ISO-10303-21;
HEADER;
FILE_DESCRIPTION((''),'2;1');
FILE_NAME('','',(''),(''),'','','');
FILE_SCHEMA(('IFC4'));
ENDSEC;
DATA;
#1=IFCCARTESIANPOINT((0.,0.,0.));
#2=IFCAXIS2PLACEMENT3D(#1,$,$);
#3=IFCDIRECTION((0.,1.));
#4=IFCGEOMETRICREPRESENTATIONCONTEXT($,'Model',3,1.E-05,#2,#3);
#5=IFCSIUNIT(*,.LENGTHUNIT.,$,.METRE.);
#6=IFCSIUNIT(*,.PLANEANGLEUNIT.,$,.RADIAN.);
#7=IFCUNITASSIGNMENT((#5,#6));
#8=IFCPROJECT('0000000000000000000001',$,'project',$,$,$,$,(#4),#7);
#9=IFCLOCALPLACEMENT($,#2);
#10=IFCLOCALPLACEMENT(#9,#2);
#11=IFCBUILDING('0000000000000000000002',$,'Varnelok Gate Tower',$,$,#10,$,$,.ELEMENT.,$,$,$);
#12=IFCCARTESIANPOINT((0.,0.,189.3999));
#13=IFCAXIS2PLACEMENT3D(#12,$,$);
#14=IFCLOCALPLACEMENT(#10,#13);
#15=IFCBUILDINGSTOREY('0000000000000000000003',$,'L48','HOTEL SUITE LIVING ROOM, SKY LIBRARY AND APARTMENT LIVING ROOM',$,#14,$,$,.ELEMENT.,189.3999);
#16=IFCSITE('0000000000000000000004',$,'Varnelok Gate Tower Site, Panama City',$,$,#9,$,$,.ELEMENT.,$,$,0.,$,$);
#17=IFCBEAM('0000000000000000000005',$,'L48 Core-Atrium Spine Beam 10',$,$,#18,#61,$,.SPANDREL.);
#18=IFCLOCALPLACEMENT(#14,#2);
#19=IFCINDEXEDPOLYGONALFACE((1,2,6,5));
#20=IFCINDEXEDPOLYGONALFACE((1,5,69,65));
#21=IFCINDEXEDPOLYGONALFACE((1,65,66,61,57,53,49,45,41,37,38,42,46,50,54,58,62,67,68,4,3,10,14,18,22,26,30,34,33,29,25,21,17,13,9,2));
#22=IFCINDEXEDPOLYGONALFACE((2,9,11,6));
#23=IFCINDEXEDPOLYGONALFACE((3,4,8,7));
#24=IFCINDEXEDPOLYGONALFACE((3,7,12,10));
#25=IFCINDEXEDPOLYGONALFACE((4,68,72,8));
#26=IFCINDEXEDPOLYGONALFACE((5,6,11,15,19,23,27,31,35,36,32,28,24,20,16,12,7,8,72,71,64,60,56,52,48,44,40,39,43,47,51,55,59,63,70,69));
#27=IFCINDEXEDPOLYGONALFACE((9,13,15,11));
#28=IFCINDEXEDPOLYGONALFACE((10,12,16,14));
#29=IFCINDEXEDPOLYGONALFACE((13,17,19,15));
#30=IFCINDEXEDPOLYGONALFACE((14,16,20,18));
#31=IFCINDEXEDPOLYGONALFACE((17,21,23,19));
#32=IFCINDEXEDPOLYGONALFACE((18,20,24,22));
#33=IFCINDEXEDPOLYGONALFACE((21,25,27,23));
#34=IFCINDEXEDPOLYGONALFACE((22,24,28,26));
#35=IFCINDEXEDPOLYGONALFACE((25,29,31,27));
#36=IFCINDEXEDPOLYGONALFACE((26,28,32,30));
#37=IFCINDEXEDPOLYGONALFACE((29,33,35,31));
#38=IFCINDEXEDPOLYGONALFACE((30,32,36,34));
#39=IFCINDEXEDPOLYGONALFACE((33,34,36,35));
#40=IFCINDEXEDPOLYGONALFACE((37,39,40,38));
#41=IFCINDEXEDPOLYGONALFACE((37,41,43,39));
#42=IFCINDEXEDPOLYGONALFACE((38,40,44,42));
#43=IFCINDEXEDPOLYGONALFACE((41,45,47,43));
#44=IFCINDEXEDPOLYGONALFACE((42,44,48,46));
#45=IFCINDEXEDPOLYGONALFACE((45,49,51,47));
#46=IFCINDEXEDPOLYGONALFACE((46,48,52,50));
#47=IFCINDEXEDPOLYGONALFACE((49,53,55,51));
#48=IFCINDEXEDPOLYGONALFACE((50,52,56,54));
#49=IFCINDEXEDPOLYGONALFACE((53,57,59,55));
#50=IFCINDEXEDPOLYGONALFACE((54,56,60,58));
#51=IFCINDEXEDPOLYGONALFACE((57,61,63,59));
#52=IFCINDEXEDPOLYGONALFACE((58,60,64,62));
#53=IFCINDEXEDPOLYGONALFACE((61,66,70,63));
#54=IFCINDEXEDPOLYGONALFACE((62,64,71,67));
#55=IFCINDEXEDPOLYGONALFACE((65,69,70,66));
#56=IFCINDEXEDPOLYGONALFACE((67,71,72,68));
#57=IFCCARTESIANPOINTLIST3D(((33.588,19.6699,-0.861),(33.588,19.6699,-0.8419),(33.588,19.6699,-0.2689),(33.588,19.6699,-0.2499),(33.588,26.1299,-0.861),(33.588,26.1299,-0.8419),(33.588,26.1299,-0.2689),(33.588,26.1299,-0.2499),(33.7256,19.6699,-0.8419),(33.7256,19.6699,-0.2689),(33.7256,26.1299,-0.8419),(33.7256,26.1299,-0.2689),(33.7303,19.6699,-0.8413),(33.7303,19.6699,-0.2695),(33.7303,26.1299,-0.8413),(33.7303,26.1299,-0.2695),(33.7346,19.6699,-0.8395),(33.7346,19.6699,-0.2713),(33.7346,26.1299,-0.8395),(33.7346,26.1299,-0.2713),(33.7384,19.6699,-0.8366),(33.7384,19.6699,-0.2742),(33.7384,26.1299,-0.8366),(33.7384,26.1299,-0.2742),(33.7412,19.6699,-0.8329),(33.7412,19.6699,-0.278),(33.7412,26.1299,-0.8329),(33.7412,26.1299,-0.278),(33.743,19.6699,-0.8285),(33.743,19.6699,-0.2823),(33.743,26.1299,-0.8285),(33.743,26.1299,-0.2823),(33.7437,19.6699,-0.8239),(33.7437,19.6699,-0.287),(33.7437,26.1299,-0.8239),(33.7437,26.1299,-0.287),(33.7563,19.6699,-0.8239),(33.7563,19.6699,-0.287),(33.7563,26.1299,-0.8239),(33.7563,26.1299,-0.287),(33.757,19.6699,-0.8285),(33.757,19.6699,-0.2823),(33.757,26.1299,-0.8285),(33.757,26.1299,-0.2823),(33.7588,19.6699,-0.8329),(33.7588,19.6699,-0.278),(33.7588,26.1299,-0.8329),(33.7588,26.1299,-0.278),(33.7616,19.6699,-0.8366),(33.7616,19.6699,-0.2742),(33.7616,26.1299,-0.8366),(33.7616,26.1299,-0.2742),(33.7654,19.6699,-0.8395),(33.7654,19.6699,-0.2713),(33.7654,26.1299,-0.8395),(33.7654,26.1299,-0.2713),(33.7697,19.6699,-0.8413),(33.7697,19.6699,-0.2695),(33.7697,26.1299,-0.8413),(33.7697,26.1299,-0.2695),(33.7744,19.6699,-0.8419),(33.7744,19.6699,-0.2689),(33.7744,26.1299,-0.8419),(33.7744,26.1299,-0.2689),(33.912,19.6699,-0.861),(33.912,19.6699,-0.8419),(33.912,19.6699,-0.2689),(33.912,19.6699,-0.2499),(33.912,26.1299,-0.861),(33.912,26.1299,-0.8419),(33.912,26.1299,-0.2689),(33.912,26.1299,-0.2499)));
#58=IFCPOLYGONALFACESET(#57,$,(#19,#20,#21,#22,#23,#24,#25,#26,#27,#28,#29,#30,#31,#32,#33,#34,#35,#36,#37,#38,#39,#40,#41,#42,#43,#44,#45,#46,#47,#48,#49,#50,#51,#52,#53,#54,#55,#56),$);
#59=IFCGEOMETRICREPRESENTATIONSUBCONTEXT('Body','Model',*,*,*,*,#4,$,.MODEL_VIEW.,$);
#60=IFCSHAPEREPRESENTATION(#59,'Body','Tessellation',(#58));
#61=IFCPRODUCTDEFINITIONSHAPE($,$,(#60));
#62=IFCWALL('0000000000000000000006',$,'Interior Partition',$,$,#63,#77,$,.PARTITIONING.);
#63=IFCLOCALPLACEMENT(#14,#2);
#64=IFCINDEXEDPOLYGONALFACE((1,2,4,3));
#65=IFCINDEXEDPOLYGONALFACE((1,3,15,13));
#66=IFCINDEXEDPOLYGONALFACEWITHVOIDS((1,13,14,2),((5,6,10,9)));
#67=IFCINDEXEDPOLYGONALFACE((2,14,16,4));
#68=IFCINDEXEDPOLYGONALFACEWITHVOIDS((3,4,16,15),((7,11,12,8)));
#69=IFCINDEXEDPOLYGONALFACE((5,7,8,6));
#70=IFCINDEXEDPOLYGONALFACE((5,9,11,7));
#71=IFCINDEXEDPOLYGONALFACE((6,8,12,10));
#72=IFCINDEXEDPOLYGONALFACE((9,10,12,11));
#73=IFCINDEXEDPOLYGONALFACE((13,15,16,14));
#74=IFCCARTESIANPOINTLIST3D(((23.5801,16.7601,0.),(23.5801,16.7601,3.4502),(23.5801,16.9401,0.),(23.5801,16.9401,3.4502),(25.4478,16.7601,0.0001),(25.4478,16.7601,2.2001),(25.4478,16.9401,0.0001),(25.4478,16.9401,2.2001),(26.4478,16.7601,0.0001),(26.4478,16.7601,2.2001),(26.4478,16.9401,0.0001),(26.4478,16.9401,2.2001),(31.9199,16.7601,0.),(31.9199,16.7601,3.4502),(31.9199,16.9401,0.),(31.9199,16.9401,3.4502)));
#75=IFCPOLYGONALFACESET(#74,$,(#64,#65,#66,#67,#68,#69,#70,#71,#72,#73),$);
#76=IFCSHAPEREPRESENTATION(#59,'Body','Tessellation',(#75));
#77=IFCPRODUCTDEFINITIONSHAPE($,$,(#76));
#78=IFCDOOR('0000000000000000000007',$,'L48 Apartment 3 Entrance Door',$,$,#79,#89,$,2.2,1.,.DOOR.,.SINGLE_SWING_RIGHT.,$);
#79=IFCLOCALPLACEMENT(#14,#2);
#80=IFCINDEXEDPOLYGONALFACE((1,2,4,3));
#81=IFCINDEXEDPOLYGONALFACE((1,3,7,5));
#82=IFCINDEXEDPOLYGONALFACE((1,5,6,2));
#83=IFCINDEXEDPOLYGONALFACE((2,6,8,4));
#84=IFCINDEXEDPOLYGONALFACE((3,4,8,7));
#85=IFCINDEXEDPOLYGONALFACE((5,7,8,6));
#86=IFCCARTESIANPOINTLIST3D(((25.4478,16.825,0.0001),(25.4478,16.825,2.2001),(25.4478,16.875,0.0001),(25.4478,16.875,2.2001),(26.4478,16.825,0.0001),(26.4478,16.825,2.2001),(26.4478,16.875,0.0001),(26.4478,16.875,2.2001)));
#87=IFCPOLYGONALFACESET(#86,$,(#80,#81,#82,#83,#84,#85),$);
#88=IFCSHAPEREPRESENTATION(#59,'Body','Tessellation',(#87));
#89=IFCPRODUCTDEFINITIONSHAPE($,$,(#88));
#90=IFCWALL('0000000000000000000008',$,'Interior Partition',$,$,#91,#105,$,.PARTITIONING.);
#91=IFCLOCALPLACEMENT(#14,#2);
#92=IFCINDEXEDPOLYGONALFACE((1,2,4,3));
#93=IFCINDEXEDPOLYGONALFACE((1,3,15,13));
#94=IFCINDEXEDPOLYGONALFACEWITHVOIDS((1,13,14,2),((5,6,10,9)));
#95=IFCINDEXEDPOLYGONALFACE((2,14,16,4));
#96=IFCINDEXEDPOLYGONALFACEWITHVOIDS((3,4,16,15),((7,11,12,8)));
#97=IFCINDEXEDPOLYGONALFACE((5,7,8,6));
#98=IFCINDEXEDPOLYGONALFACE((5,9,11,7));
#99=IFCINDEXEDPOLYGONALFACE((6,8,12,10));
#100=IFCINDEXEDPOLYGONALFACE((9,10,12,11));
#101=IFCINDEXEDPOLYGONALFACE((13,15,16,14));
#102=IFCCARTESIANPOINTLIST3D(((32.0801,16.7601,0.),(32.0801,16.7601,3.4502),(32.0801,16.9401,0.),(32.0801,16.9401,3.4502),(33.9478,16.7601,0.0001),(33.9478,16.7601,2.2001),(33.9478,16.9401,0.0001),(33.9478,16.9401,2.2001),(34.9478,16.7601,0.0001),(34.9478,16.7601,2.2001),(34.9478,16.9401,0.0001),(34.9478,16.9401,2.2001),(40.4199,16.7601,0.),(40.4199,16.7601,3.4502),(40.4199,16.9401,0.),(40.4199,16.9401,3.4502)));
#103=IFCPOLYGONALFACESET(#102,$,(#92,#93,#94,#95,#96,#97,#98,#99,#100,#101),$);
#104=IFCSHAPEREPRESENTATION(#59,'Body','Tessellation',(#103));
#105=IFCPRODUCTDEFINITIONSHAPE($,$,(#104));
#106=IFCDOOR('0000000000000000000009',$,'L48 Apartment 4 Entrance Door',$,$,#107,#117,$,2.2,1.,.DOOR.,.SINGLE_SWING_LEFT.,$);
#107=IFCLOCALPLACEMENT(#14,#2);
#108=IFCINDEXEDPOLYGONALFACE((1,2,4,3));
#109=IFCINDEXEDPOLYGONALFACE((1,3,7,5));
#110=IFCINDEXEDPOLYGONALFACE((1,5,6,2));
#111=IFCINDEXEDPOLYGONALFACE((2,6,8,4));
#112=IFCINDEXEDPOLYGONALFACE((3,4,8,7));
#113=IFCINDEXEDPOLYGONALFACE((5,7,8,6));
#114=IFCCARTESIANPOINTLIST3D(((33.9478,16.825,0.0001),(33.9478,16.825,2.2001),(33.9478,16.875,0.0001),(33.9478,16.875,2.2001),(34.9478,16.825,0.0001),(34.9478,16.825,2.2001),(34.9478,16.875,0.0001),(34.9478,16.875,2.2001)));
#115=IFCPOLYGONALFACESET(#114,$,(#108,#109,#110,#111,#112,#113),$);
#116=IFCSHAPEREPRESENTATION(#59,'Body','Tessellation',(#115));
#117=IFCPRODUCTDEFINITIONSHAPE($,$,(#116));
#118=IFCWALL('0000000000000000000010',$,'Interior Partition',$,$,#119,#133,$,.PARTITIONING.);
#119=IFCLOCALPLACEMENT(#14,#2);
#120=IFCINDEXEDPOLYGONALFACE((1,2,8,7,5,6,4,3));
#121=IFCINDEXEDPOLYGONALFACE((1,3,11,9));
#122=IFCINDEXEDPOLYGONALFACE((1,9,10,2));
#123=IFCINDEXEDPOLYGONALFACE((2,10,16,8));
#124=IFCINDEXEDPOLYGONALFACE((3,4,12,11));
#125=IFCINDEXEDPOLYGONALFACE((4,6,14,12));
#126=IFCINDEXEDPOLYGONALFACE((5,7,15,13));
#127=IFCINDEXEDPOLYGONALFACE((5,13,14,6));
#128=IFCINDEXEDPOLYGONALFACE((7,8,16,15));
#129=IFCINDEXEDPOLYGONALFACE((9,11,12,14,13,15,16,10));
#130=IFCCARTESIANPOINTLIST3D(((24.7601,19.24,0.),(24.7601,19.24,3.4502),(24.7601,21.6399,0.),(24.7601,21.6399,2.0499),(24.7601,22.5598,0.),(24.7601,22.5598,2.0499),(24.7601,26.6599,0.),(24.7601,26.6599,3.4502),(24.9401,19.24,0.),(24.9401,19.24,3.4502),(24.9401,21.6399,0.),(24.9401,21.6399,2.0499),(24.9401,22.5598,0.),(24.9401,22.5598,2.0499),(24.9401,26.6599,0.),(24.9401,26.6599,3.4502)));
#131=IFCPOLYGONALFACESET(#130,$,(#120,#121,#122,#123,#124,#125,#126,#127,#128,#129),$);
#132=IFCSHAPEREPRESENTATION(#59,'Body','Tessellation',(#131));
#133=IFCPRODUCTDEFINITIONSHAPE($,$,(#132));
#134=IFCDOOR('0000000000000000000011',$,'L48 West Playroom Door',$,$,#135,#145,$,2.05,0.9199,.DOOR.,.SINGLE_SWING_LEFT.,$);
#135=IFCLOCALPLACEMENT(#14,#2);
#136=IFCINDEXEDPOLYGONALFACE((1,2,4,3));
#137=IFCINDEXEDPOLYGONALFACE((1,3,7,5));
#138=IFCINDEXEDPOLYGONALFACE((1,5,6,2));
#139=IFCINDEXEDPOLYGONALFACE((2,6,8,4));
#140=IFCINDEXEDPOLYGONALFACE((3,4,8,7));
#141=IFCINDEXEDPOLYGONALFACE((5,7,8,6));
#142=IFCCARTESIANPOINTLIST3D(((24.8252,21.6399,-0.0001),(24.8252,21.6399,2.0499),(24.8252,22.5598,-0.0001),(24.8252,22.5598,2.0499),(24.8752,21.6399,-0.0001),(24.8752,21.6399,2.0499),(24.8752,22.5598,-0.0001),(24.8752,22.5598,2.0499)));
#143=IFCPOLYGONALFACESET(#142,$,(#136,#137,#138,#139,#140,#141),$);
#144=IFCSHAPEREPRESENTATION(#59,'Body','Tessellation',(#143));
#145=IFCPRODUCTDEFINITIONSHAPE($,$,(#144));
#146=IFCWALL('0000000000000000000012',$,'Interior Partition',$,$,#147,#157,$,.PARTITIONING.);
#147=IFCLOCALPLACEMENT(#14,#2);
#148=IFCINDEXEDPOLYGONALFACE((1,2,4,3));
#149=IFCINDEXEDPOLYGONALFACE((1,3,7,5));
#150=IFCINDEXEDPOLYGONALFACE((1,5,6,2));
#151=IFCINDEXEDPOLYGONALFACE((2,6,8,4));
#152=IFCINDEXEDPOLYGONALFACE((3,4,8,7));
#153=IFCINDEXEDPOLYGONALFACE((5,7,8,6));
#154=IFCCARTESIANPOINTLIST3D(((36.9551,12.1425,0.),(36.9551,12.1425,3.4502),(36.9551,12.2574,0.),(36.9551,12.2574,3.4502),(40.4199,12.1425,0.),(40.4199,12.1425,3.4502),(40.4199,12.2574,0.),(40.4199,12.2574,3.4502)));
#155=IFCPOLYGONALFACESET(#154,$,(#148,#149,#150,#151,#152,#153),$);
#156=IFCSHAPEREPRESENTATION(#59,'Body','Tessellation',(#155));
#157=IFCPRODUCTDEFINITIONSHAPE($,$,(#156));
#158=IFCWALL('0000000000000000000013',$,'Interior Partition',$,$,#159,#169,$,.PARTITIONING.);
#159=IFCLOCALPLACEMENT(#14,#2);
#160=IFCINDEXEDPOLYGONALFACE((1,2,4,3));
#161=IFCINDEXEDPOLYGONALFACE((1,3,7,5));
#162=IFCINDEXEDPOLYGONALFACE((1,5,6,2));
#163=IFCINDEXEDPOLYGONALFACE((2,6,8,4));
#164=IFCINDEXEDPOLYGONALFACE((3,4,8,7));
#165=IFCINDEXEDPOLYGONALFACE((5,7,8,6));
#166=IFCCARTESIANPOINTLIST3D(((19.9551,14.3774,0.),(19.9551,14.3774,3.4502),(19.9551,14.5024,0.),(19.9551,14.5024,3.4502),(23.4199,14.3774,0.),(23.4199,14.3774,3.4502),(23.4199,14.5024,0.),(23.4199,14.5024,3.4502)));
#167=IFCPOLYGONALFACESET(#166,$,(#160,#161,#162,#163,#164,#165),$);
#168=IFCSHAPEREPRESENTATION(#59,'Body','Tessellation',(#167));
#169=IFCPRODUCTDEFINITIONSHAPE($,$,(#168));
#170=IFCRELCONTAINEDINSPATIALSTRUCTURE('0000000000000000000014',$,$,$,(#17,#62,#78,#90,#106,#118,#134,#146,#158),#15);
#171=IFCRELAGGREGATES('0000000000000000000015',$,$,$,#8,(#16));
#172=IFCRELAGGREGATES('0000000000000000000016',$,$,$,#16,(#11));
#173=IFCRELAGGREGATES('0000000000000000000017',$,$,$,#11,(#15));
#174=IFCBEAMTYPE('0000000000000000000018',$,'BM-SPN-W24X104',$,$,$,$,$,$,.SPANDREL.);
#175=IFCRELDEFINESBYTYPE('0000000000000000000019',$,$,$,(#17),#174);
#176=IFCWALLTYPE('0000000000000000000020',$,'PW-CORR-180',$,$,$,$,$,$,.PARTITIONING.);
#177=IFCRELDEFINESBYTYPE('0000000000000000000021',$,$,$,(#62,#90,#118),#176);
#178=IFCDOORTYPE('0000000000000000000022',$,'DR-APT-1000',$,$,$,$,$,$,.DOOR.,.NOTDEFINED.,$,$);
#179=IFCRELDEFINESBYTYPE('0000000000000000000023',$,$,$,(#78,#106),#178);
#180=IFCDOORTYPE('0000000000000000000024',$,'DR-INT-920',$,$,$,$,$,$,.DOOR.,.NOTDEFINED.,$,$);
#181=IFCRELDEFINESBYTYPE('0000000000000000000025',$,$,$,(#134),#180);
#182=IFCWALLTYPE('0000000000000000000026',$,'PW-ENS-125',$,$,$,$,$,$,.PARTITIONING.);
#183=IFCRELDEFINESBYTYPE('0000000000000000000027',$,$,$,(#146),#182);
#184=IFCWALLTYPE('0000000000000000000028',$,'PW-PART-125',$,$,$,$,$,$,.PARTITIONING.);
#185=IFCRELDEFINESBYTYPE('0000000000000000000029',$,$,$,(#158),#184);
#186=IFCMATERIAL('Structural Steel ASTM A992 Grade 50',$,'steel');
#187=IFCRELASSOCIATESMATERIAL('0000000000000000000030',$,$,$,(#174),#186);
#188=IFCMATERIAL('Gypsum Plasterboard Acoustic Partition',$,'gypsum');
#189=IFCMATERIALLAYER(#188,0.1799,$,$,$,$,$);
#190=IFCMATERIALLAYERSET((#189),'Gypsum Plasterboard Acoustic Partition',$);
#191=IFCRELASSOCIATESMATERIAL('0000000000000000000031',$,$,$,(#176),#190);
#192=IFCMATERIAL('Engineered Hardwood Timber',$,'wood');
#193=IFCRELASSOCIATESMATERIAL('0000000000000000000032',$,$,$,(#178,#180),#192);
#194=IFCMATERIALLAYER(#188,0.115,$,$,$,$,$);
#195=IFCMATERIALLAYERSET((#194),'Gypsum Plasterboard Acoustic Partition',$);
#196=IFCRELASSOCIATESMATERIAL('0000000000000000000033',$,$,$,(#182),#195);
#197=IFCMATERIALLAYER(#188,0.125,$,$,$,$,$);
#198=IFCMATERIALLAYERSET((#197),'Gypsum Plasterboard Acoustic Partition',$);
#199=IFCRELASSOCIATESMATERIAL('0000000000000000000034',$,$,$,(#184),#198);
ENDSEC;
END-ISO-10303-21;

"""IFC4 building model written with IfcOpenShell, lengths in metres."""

from ifc_helpers import new_model, si_unit, direction, frame, frame_2d, origin, origin_2d, place, context, subcontext, project, spatial, rectangle, i_section, extrude, material, layer, layer_set, material_profile, profile_set, type_object, element, fill, save


model = new_model("IFC4")

# Units and contexts
model_context = context("Model", 3, precision=1e-05, world=origin(), true_north=direction((0.0, 1.0)))
body_context = subcontext(model_context, "Body", "Model", "MODEL_VIEW")
ifc_project = project(units=[si_unit("LENGTHUNIT", "METRE"), si_unit("PLANEANGLEUNIT", "RADIAN")], contexts=[model_context])

# Site, building, storey
site_placement = place(None, origin())
site = spatial("IfcSite", under=ifc_project, at=site_placement, Name="Varnelok Gate Tower Site, Panama City", CompositionType="ELEMENT", RefElevation=0.0)
building_placement = place(site_placement, origin())
building = spatial("IfcBuilding", under=site, at=building_placement, Name="Varnelok Gate Tower", CompositionType="ELEMENT")
storey_placement = place(building_placement, frame((0.0, 0.0, 189.3999)))
storey = spatial("IfcBuildingStorey", under=building, at=storey_placement, Name="L48", Description="HOTEL SUITE LIVING ROOM, SKY LIBRARY AND APARTMENT LIVING ROOM", CompositionType="ELEMENT", Elevation=189.3999)

# Shared definitions
ifc_material_1 = material(Name="Structural Steel ASTM A992 Grade 50", Category="steel")

# Beam
ifc_material_profile_1 = material_profile(ifc_material_1, i_section(OverallWidth=0.324, OverallDepth=0.6111, WebThickness=0.0127, FlangeThickness=0.019, FilletRadius=0.0181, at=origin_2d()), Name="W24X104")
ifc_profile_set_1 = profile_set([ifc_material_profile_1], Name="Structural Steel ASTM A992 Grade 50")
beam_type_1 = type_object("IfcBeamType", Name="BM-SPN-W24X104", PredefinedType="SPANDREL", material=ifc_profile_set_1)
beam_1_placement = place(storey_placement, frame((33.75, 19.6699, -0.5554), z_axis=(0.0, 1.0, 0.0), x_axis=(-1.0, 0.0, 0.0)))
element("IfcBeam", 1, at=beam_1_placement, inside=storey, type_object=beam_type_1, Name="L48 Core-Atrium Spine Beam 10", PredefinedType="SPANDREL", context=body_context, shape_type="SweptSolid", body=[
    extrude(i_section(OverallWidth=0.324, OverallDepth=0.6111, WebThickness=0.0127, FlangeThickness=0.019, FilletRadius=0.0181, at=origin_2d()), origin(), (0.0, 0.0, 1.0), 6.46),
])

# Walls, openings, doors
ifc_material_2 = material(Name="Gypsum Plasterboard Acoustic Partition", Category="gypsum")
ifc_layer_1 = layer(ifc_material_2, 0.1799)
ifc_layer_set_1 = layer_set([ifc_layer_1], Name="Gypsum Plasterboard Acoustic Partition")
wall_type_1 = type_object("IfcWallType", Name="PW-CORR-180", PredefinedType="PARTITIONING", material=ifc_layer_set_1)
wall_1_placement = place(storey_placement, frame((23.5801, 16.8501, 0.0), z_axis=(0.0, 0.0, 1.0), x_axis=(1.0, 0.0, 0.0)))
wall_1 = element("IfcWall", 2, at=wall_1_placement, inside=storey, type_object=wall_type_1, Name="Interior Partition", PredefinedType="PARTITIONING", context=body_context, shape_type="SweptSolid", body=[
    extrude(rectangle(XDim=8.3398, YDim=0.1799, at=frame_2d((4.1699, 0.0))), origin(), (0.0, 0.0, 1.0), 3.4502),
])
opening_1_placement = place(wall_1_placement, frame((1.8677, 0.0, 0.0)))
opening_1 = element("IfcOpeningElement", 3, at=opening_1_placement, cuts=wall_1, PredefinedType="OPENING", context=body_context, shape_type="SweptSolid", body=[
    extrude(rectangle(XDim=1.0, YDim=2.2, at=frame_2d((0.5, 1.1001))), frame((0.0, 0.0999, 0.0), z_axis=(0.0, -1.0, 0.0), x_axis=(1.0, 0.0, 0.0)), (0.0, 0.0, 1.0), 0.2),
])
ifc_material_3 = material(Name="Engineered Hardwood Timber", Category="wood")
door_type_1 = type_object("IfcDoorType", Name="DR-APT-1000", OperationType="NOTDEFINED", PredefinedType="DOOR", material=ifc_material_3)
door_1_placement = place(opening_1_placement, origin())
door_1 = element("IfcDoor", 4, at=door_1_placement, inside=storey, type_object=door_type_1, Name="L48 Apartment 3 Entrance Door", OperationType="SINGLE_SWING_RIGHT", OverallHeight=2.2, OverallWidth=1.0, PredefinedType="DOOR", context=body_context, shape_type="SweptSolid", body=[
    extrude(rectangle(XDim=1.0, YDim=2.2, at=frame_2d((0.5, 1.1001))), frame((0.0, 0.0249, 0.0), z_axis=(0.0, -1.0, 0.0), x_axis=(1.0, 0.0, 0.0)), (0.0, 0.0, 1.0), 0.05),
])
fill(opening_1, door_1)
wall_2_placement = place(storey_placement, frame((32.0801, 16.8501, 0.0), z_axis=(0.0, 0.0, 1.0), x_axis=(1.0, 0.0, 0.0)))
wall_2 = element("IfcWall", 5, at=wall_2_placement, inside=storey, type_object=wall_type_1, Name="Interior Partition", PredefinedType="PARTITIONING", context=body_context, shape_type="SweptSolid", body=[
    extrude(rectangle(XDim=8.3398, YDim=0.1799, at=frame_2d((4.1699, 0.0))), origin(), (0.0, 0.0, 1.0), 3.4502),
])
opening_2_placement = place(wall_2_placement, frame((1.8677, 0.0, 0.0)))
opening_2 = element("IfcOpeningElement", 6, at=opening_2_placement, cuts=wall_2, PredefinedType="OPENING", context=body_context, shape_type="SweptSolid", body=[
    extrude(rectangle(XDim=1.0, YDim=2.2, at=frame_2d((0.5, 1.1001))), frame((0.0, 0.0999, 0.0), z_axis=(0.0, -1.0, 0.0), x_axis=(1.0, 0.0, 0.0)), (0.0, 0.0, 1.0), 0.2),
])
door_2_placement = place(opening_2_placement, origin())
door_2 = element("IfcDoor", 7, at=door_2_placement, inside=storey, type_object=door_type_1, Name="L48 Apartment 4 Entrance Door", OperationType="SINGLE_SWING_LEFT", OverallHeight=2.2, OverallWidth=1.0, PredefinedType="DOOR", context=body_context, shape_type="SweptSolid", body=[
    extrude(rectangle(XDim=1.0, YDim=2.2, at=frame_2d((0.5, 1.1001))), frame((0.0, 0.0249, 0.0), z_axis=(0.0, -1.0, 0.0), x_axis=(1.0, 0.0, 0.0)), (0.0, 0.0, 1.0), 0.05),
])
fill(opening_2, door_2)
wall_3_placement = place(storey_placement, frame((24.8501, 19.24, 0.0), z_axis=(0.0, 0.0, 1.0), x_axis=(0.0, 1.0, 0.0)))
wall_3 = element("IfcWall", 8, at=wall_3_placement, inside=storey, type_object=wall_type_1, Name="Interior Partition", PredefinedType="PARTITIONING", context=body_context, shape_type="SweptSolid", body=[
    extrude(rectangle(XDim=7.4199, YDim=0.1799, at=frame_2d((3.71, 0.0))), origin(), (0.0, 0.0, 1.0), 3.4502),
])
opening_3_placement = place(wall_3_placement, frame((2.3999, 0.0, 0.0)))
opening_3 = element("IfcOpeningElement", 9, at=opening_3_placement, cuts=wall_3, PredefinedType="OPENING", context=body_context, shape_type="SweptSolid", body=[
    extrude(rectangle(XDim=0.9199, YDim=2.05, at=frame_2d((0.46, 1.0249))), frame((0.0, 0.0999, 0.0), z_axis=(0.0, -1.0, 0.0), x_axis=(1.0, 0.0, 0.0)), (0.0, 0.0, 1.0), 0.2),
])
door_type_2 = type_object("IfcDoorType", Name="DR-INT-920", OperationType="NOTDEFINED", PredefinedType="DOOR", material=ifc_material_3)
door_3_placement = place(opening_3_placement, origin())
door_3 = element("IfcDoor", 10, at=door_3_placement, inside=storey, type_object=door_type_2, Name="L48 West Playroom Door", OperationType="SINGLE_SWING_LEFT", OverallHeight=2.05, OverallWidth=0.9199, PredefinedType="DOOR", context=body_context, shape_type="SweptSolid", body=[
    extrude(rectangle(XDim=0.9199, YDim=2.05, at=frame_2d((0.46, 1.0249))), frame((0.0, 0.0249, 0.0), z_axis=(0.0, -1.0, 0.0), x_axis=(1.0, 0.0, 0.0)), (0.0, 0.0, 1.0), 0.05),
])
fill(opening_3, door_3)

# Walls
ifc_layer_2 = layer(ifc_material_2, 0.115)
ifc_layer_set_2 = layer_set([ifc_layer_2], Name="Gypsum Plasterboard Acoustic Partition")
wall_type_2 = type_object("IfcWallType", Name="PW-ENS-125", PredefinedType="PARTITIONING", material=ifc_layer_set_2)
wall_4_placement = place(storey_placement, frame((36.9551, 12.2, 0.0), z_axis=(0.0, 0.0, 1.0), x_axis=(1.0, 0.0, 0.0)))
element("IfcWall", 11, at=wall_4_placement, inside=storey, type_object=wall_type_2, Name="Interior Partition", PredefinedType="PARTITIONING", context=body_context, shape_type="SweptSolid", body=[
    extrude(rectangle(XDim=3.4648, YDim=0.115, at=frame_2d((1.7324, 0.0))), origin(), (0.0, 0.0, 1.0), 3.4502),
])
ifc_layer_3 = layer(ifc_material_2, 0.125)
ifc_layer_set_3 = layer_set([ifc_layer_3], Name="Gypsum Plasterboard Acoustic Partition")
wall_type_3 = type_object("IfcWallType", Name="PW-PART-125", PredefinedType="PARTITIONING", material=ifc_layer_set_3)
wall_5_placement = place(storey_placement, frame((19.9551, 14.4399, 0.0), z_axis=(0.0, 0.0, 1.0), x_axis=(1.0, 0.0, 0.0)))
element("IfcWall", 12, at=wall_5_placement, inside=storey, type_object=wall_type_3, Name="Interior Partition", PredefinedType="PARTITIONING", context=body_context, shape_type="SweptSolid", body=[
    extrude(rectangle(XDim=3.4648, YDim=0.125, at=frame_2d((1.7324, 0.0))), origin(), (0.0, 0.0, 1.0), 3.4502),
])

save(model, "model.ifc")
